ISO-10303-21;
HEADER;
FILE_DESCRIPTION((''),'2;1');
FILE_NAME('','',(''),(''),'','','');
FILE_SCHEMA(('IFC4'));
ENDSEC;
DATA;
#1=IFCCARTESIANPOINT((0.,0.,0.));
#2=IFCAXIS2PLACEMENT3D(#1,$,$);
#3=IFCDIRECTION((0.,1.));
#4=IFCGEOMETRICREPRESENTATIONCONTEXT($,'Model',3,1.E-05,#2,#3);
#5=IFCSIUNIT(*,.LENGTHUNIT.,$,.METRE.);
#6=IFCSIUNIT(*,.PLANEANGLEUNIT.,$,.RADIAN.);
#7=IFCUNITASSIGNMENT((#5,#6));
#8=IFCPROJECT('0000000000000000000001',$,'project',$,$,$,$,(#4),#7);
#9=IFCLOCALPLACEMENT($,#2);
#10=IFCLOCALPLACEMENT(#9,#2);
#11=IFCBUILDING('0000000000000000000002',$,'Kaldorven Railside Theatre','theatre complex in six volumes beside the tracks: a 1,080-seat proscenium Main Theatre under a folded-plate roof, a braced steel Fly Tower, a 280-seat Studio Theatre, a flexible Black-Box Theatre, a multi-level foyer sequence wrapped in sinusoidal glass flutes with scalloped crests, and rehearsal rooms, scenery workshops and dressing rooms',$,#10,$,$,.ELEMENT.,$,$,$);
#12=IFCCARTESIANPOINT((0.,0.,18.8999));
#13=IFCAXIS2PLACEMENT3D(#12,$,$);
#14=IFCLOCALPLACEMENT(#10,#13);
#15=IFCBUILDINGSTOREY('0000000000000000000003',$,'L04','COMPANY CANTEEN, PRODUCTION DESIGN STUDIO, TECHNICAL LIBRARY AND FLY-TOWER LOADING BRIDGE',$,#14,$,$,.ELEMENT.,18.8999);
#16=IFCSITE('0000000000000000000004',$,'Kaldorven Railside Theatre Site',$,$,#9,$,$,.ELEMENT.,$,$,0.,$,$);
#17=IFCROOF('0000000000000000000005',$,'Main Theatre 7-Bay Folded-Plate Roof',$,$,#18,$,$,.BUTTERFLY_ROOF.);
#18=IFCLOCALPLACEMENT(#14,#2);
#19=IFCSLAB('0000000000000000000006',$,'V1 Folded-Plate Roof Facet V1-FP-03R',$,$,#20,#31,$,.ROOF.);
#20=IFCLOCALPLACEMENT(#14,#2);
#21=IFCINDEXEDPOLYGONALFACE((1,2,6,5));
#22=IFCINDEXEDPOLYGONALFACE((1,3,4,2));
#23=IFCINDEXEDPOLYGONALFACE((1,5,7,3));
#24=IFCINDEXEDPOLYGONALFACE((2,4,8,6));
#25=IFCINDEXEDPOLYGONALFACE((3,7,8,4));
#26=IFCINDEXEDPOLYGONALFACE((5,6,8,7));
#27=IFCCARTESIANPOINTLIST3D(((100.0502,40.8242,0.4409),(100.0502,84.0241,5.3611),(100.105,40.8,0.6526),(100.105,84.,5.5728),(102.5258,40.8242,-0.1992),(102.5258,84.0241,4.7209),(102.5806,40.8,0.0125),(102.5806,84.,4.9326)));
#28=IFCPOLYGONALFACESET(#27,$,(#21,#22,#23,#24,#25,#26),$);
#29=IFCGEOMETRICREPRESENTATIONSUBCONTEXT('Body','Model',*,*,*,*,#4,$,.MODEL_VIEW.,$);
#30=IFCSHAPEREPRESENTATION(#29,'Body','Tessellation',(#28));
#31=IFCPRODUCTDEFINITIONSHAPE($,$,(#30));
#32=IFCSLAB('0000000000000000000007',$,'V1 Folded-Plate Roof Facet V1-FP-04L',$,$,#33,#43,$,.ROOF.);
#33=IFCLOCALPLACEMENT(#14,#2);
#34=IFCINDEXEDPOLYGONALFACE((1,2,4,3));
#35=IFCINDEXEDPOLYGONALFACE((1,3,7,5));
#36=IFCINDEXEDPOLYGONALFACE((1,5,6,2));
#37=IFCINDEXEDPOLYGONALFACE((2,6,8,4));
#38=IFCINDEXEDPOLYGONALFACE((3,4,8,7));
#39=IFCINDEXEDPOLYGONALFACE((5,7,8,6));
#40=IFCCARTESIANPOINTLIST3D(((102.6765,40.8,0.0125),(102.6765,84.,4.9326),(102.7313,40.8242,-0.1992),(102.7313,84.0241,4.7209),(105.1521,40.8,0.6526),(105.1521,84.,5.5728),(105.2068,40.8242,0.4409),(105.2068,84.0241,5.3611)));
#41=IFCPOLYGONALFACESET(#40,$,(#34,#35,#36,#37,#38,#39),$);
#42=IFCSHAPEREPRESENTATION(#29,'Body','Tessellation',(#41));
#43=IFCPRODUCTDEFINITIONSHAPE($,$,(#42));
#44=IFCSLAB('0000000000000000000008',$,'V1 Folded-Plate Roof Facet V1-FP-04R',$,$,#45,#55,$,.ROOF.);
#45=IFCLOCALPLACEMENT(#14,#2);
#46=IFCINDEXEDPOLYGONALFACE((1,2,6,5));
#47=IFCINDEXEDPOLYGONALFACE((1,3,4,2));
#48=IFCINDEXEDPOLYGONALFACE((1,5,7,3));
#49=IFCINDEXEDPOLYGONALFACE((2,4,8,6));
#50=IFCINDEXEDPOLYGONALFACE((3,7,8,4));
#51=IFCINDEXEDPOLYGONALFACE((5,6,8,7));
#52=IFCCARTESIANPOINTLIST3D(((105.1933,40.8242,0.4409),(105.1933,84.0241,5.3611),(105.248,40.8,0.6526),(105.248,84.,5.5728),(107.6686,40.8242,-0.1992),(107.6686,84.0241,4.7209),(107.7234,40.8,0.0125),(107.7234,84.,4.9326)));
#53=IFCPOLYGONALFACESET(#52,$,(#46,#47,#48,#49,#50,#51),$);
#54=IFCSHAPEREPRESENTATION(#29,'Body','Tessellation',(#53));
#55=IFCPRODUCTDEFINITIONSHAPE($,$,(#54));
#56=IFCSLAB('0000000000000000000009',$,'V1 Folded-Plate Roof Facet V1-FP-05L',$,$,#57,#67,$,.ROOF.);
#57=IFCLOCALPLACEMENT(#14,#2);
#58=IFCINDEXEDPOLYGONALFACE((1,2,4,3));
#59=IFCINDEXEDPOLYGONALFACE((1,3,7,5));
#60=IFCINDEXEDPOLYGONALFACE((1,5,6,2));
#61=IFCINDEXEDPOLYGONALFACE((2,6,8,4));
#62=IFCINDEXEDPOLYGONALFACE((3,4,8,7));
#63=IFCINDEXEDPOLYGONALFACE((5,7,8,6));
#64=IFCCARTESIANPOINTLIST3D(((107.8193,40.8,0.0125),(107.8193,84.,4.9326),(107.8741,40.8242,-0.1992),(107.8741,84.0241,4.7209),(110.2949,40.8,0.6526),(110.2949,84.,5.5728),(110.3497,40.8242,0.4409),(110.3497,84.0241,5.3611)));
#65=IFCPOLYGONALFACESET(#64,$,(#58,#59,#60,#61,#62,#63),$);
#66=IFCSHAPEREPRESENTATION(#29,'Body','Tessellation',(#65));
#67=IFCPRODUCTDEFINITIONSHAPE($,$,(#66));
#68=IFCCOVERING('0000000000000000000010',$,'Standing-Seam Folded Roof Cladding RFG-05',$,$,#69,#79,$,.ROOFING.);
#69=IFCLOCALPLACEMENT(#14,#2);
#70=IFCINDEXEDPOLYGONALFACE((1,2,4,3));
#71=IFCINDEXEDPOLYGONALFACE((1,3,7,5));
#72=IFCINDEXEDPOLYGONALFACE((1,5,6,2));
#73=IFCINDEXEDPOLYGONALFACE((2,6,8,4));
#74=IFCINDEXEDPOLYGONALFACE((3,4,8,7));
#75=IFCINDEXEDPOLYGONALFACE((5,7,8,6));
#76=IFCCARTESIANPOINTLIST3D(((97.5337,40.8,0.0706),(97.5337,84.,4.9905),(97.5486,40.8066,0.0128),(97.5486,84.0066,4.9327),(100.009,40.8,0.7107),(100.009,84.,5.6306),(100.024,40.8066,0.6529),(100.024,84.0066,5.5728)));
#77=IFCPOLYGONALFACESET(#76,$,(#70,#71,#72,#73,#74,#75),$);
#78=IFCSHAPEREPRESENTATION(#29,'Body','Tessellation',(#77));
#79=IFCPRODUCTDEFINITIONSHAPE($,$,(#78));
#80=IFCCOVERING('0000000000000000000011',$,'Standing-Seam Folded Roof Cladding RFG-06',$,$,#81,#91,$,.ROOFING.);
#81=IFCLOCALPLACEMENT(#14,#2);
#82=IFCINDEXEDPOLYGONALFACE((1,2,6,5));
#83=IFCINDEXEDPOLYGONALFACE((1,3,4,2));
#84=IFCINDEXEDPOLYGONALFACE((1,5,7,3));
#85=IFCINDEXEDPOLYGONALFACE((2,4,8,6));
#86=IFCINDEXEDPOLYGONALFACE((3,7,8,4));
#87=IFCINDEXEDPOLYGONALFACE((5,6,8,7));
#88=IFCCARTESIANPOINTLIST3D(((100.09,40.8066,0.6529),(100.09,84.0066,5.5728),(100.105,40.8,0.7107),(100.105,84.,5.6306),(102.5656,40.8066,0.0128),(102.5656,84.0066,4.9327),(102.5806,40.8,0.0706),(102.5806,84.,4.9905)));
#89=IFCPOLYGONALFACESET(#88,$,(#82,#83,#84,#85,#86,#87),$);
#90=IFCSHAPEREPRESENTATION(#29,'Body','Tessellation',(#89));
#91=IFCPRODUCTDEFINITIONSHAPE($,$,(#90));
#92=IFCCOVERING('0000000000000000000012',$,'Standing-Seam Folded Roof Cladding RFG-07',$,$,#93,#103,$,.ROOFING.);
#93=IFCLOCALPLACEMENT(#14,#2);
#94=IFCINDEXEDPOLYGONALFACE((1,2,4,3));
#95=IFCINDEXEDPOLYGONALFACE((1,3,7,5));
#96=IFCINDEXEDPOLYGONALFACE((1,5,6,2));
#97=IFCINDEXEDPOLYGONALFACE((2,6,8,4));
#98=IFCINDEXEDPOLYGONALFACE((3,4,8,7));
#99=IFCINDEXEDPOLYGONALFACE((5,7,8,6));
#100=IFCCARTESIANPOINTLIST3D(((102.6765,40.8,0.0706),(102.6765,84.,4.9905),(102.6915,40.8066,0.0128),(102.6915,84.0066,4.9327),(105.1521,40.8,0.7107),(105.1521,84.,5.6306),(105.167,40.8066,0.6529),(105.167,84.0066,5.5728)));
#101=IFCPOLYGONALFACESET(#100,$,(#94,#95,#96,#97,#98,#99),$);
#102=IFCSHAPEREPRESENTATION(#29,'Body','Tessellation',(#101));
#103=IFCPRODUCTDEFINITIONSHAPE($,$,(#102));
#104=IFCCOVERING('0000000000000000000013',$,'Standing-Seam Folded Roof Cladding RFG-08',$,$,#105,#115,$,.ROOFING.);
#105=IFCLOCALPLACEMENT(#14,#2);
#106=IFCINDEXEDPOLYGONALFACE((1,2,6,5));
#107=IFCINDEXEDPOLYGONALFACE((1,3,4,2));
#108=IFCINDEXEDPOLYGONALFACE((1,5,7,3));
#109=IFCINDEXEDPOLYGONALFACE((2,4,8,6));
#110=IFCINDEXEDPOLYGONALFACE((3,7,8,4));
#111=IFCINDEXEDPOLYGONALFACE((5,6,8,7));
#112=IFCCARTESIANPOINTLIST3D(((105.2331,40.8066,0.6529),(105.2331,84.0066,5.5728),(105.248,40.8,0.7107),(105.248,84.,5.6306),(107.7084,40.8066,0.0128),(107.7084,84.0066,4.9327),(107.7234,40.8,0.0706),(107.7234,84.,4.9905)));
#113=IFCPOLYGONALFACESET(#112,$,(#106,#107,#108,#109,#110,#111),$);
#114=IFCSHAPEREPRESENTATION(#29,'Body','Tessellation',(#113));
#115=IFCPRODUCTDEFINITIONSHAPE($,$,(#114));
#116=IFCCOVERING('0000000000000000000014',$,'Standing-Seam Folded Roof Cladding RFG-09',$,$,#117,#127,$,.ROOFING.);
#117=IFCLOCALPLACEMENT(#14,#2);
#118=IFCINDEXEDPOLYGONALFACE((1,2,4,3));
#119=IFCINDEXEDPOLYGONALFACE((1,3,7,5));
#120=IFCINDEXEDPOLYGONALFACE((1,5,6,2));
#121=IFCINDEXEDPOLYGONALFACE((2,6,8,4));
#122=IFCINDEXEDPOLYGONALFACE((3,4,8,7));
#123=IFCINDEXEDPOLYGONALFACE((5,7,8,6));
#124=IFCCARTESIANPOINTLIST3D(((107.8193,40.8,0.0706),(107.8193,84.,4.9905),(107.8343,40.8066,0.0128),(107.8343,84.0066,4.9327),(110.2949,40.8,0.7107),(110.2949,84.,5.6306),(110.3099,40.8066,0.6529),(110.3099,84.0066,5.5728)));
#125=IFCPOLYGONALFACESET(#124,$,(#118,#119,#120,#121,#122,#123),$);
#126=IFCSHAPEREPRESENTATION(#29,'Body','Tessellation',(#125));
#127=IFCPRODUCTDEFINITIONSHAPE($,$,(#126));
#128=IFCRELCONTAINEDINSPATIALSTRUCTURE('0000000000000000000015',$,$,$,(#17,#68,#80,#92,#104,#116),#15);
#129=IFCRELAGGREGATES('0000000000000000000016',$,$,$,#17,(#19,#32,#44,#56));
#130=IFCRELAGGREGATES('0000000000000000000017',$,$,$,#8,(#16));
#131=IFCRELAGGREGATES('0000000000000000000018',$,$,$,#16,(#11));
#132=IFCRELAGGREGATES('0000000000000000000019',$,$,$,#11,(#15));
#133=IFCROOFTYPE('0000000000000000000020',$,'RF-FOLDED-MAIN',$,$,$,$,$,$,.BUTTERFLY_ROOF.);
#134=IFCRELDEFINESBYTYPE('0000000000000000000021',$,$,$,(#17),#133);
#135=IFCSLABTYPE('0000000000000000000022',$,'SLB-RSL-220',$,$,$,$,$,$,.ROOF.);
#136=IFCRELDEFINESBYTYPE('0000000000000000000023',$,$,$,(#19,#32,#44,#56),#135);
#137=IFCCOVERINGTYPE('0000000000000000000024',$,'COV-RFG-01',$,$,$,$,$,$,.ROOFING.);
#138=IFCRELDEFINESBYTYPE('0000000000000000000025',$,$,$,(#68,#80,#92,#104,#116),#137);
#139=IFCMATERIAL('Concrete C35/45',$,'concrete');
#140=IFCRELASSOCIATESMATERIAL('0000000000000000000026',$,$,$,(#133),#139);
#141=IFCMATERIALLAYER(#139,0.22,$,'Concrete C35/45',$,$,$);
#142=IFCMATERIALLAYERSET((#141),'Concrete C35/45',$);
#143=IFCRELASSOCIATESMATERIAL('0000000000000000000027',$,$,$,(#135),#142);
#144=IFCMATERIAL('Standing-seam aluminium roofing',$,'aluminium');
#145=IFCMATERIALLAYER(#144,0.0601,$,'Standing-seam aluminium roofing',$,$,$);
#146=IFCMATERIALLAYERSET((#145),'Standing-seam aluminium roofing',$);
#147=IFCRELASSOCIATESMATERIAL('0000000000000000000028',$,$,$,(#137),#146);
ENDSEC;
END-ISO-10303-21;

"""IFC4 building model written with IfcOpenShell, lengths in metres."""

from ifc_helpers import new_model, si_unit, direction, frame, origin, place, context, subcontext, project, spatial, polyline, outline, extrude, material, layer, layer_set, type_object, element, aggregate, save


model = new_model("IFC4")

# Units and contexts
model_context = context("Model", 3, precision=1e-05, world=origin(), true_north=direction((0.0, 1.0)))
body_context = subcontext(model_context, "Body", "Model", "MODEL_VIEW")
ifc_project = project(units=[si_unit("LENGTHUNIT", "METRE"), si_unit("PLANEANGLEUNIT", "RADIAN")], contexts=[model_context])

# Site, building, storey
site_placement = place(None, origin())
site = spatial("IfcSite", under=ifc_project, at=site_placement, Name="Kaldorven Railside Theatre Site", CompositionType="ELEMENT", RefElevation=0.0)
building_placement = place(site_placement, origin())
building = spatial("IfcBuilding", under=site, at=building_placement, Name="Kaldorven Railside Theatre", Description="theatre complex in six volumes beside the tracks: a 1,080-seat proscenium Main Theatre under a folded-plate roof, a braced steel Fly Tower, a 280-seat Studio Theatre, a flexible Black-Box Theatre, a multi-level foyer sequence wrapped in sinusoidal glass flutes with scalloped crests, and rehearsal rooms, scenery workshops and dressing rooms", CompositionType="ELEMENT")
storey_placement = place(building_placement, frame((0.0, 0.0, 18.8999)))
storey = spatial("IfcBuildingStorey", under=building, at=storey_placement, Name="L04", Description="COMPANY CANTEEN, PRODUCTION DESIGN STUDIO, TECHNICAL LIBRARY AND FLY-TOWER LOADING BRIDGE", CompositionType="ELEMENT", Elevation=18.8999)

# Roof, slabs
ifc_material_1 = material(Name="Concrete C35/45", Category="concrete")
roof_type = type_object("IfcRoofType", Name="RF-FOLDED-MAIN", PredefinedType="BUTTERFLY_ROOF", material=ifc_material_1)
roof_placement = place(storey_placement, origin())
roof = element("IfcRoof", 1, at=roof_placement, inside=storey, type_object=roof_type, Name="Main Theatre 7-Bay Folded-Plate Roof", PredefinedType="BUTTERFLY_ROOF")
ifc_layer_1 = layer(ifc_material_1, 0.22, Name="Concrete C35/45")
ifc_layer_set_1 = layer_set([ifc_layer_1], Name="Concrete C35/45")
slab_type = type_object("IfcSlabType", Name="SLB-RSL-220", PredefinedType="ROOF", material=ifc_layer_set_1)
slab_1_placement = place(storey_placement, frame((100.105, 40.8, 0.6526), z_axis=(0.248838, -0.109602, 0.962324), x_axis=(0.968156, 0.0, -0.250346)))
slab_1 = element("IfcSlab", 2, at=slab_1_placement, type_object=slab_type, Name="V1 Folded-Plate Roof Facet V1-FP-03R", PredefinedType="ROOF", context=body_context, shape_type="SweptSolid", body=[
    extrude(outline(polyline([(0.0, 0.0), (2.557, 0.0), (1.3253, 43.4618), (-1.2317, 43.4618), (0.0, 0.0)])), origin(), (0.0, 0.0, -1.0), 0.22),
])
slab_2_placement = place(storey_placement, frame((102.6765, 40.8, 0.0125), z_axis=(-0.248838, -0.109602, 0.962324), x_axis=(0.968156, 0.0, 0.250346)))
slab_2 = element("IfcSlab", 3, at=slab_2_placement, type_object=slab_type, Name="V1 Folded-Plate Roof Facet V1-FP-04L", PredefinedType="ROOF", context=body_context, shape_type="SweptSolid", body=[
    extrude(outline(polyline([(0.0, 0.0), (2.557, 0.0), (3.7888, 43.4618), (1.2317, 43.4618), (0.0, 0.0)])), origin(), (0.0, 0.0, -1.0), 0.22),
])
slab_3_placement = place(storey_placement, frame((105.248, 40.8, 0.6526), z_axis=(0.248861, -0.109601, 0.962318), x_axis=(0.968151, 0.0, -0.250369)))
slab_3 = element("IfcSlab", 4, at=slab_3_placement, type_object=slab_type, Name="V1 Folded-Plate Roof Facet V1-FP-04R", PredefinedType="ROOF", context=body_context, shape_type="SweptSolid", body=[
    extrude(outline(polyline([(0.0, 0.0), (2.5568, 0.0), (1.3249, 43.4618), (-1.2319, 43.4618), (0.0, 0.0)])), origin(), (0.0, 0.0, -1.0), 0.22),
])
slab_4_placement = place(storey_placement, frame((107.8193, 40.8, 0.0125), z_axis=(-0.248838, -0.109602, 0.962324), x_axis=(0.968156, 0.0, 0.250346)))
slab_4 = element("IfcSlab", 5, at=slab_4_placement, type_object=slab_type, Name="V1 Folded-Plate Roof Facet V1-FP-05L", PredefinedType="ROOF", context=body_context, shape_type="SweptSolid", body=[
    extrude(outline(polyline([(0.0, 0.0), (2.557, 0.0), (3.7888, 43.4618), (1.2317, 43.4618), (0.0, 0.0)])), origin(), (0.0, 0.0, -1.0), 0.22),
])
aggregate(roof, [slab_1, slab_2, slab_3, slab_4])

# Coverings
ifc_material_2 = material(Name="Standing-seam aluminium roofing", Category="aluminium")
ifc_layer_2 = layer(ifc_material_2, 0.0601, Name="Standing-seam aluminium roofing")
ifc_layer_set_2 = layer_set([ifc_layer_2], Name="Standing-seam aluminium roofing")
covering_type = type_object("IfcCoveringType", Name="COV-RFG-01", PredefinedType="ROOFING", material=ifc_layer_set_2)
covering_1_placement = place(storey_placement, frame((97.5337, 40.8, 0.0706), z_axis=(-0.248861, -0.109596, 0.962319), x_axis=(0.968151, 0.0, 0.250369)))
element("IfcCovering", 6, at=covering_1_placement, inside=storey, type_object=covering_type, Name="Standing-Seam Folded Roof Cladding RFG-05", PredefinedType="ROOFING", context=body_context, shape_type="SweptSolid", body=[
    extrude(outline(polyline([(0.0, 0.0), (2.5568, 0.0), (3.7886, 43.4618), (1.2318, 43.4618), (0.0, 0.0)])), origin(), (0.0, 0.0, -1.0), 0.0601),
])
covering_2_placement = place(storey_placement, frame((100.105, 40.8, 0.7107), z_axis=(0.248838, -0.109596, 0.962324), x_axis=(0.968156, 0.0, -0.250346)))
element("IfcCovering", 7, at=covering_2_placement, inside=storey, type_object=covering_type, Name="Standing-Seam Folded Roof Cladding RFG-06", PredefinedType="ROOFING", context=body_context, shape_type="SweptSolid", body=[
    extrude(outline(polyline([(0.0, 0.0), (2.557, 0.0), (1.3253, 43.4618), (-1.2317, 43.4618), (0.0, 0.0)])), origin(), (0.0, 0.0, -1.0), 0.0601),
])
covering_3_placement = place(storey_placement, frame((102.6765, 40.8, 0.0706), z_axis=(-0.248838, -0.109596, 0.962324), x_axis=(0.968156, 0.0, 0.250346)))
element("IfcCovering", 8, at=covering_3_placement, inside=storey, type_object=covering_type, Name="Standing-Seam Folded Roof Cladding RFG-07", PredefinedType="ROOFING", context=body_context, shape_type="SweptSolid", body=[
    extrude(outline(polyline([(0.0, 0.0), (2.557, 0.0), (3.7887, 43.4618), (1.2317, 43.4618), (0.0, 0.0)])), origin(), (0.0, 0.0, -1.0), 0.0601),
])
covering_4_placement = place(storey_placement, frame((105.248, 40.8, 0.7107), z_axis=(0.248861, -0.109596, 0.962319), x_axis=(0.968151, 0.0, -0.250369)))
element("IfcCovering", 9, at=covering_4_placement, inside=storey, type_object=covering_type, Name="Standing-Seam Folded Roof Cladding RFG-08", PredefinedType="ROOFING", context=body_context, shape_type="SweptSolid", body=[
    extrude(outline(polyline([(0.0, 0.0), (2.5568, 0.0), (1.325, 43.4618), (-1.2318, 43.4618), (0.0, 0.0)])), origin(), (0.0, 0.0, -1.0), 0.0601),
])
covering_5_placement = place(storey_placement, frame((107.8193, 40.8, 0.0706), z_axis=(-0.248838, -0.109596, 0.962324), x_axis=(0.968156, 0.0, 0.250346)))
element("IfcCovering", 10, at=covering_5_placement, inside=storey, type_object=covering_type, Name="Standing-Seam Folded Roof Cladding RFG-09", PredefinedType="ROOFING", context=body_context, shape_type="SweptSolid", body=[
    extrude(outline(polyline([(0.0, 0.0), (2.557, 0.0), (3.7887, 43.4618), (1.2317, 43.4618), (0.0, 0.0)])), origin(), (0.0, 0.0, -1.0), 0.0601),
])

save(model, "model.ifc")
